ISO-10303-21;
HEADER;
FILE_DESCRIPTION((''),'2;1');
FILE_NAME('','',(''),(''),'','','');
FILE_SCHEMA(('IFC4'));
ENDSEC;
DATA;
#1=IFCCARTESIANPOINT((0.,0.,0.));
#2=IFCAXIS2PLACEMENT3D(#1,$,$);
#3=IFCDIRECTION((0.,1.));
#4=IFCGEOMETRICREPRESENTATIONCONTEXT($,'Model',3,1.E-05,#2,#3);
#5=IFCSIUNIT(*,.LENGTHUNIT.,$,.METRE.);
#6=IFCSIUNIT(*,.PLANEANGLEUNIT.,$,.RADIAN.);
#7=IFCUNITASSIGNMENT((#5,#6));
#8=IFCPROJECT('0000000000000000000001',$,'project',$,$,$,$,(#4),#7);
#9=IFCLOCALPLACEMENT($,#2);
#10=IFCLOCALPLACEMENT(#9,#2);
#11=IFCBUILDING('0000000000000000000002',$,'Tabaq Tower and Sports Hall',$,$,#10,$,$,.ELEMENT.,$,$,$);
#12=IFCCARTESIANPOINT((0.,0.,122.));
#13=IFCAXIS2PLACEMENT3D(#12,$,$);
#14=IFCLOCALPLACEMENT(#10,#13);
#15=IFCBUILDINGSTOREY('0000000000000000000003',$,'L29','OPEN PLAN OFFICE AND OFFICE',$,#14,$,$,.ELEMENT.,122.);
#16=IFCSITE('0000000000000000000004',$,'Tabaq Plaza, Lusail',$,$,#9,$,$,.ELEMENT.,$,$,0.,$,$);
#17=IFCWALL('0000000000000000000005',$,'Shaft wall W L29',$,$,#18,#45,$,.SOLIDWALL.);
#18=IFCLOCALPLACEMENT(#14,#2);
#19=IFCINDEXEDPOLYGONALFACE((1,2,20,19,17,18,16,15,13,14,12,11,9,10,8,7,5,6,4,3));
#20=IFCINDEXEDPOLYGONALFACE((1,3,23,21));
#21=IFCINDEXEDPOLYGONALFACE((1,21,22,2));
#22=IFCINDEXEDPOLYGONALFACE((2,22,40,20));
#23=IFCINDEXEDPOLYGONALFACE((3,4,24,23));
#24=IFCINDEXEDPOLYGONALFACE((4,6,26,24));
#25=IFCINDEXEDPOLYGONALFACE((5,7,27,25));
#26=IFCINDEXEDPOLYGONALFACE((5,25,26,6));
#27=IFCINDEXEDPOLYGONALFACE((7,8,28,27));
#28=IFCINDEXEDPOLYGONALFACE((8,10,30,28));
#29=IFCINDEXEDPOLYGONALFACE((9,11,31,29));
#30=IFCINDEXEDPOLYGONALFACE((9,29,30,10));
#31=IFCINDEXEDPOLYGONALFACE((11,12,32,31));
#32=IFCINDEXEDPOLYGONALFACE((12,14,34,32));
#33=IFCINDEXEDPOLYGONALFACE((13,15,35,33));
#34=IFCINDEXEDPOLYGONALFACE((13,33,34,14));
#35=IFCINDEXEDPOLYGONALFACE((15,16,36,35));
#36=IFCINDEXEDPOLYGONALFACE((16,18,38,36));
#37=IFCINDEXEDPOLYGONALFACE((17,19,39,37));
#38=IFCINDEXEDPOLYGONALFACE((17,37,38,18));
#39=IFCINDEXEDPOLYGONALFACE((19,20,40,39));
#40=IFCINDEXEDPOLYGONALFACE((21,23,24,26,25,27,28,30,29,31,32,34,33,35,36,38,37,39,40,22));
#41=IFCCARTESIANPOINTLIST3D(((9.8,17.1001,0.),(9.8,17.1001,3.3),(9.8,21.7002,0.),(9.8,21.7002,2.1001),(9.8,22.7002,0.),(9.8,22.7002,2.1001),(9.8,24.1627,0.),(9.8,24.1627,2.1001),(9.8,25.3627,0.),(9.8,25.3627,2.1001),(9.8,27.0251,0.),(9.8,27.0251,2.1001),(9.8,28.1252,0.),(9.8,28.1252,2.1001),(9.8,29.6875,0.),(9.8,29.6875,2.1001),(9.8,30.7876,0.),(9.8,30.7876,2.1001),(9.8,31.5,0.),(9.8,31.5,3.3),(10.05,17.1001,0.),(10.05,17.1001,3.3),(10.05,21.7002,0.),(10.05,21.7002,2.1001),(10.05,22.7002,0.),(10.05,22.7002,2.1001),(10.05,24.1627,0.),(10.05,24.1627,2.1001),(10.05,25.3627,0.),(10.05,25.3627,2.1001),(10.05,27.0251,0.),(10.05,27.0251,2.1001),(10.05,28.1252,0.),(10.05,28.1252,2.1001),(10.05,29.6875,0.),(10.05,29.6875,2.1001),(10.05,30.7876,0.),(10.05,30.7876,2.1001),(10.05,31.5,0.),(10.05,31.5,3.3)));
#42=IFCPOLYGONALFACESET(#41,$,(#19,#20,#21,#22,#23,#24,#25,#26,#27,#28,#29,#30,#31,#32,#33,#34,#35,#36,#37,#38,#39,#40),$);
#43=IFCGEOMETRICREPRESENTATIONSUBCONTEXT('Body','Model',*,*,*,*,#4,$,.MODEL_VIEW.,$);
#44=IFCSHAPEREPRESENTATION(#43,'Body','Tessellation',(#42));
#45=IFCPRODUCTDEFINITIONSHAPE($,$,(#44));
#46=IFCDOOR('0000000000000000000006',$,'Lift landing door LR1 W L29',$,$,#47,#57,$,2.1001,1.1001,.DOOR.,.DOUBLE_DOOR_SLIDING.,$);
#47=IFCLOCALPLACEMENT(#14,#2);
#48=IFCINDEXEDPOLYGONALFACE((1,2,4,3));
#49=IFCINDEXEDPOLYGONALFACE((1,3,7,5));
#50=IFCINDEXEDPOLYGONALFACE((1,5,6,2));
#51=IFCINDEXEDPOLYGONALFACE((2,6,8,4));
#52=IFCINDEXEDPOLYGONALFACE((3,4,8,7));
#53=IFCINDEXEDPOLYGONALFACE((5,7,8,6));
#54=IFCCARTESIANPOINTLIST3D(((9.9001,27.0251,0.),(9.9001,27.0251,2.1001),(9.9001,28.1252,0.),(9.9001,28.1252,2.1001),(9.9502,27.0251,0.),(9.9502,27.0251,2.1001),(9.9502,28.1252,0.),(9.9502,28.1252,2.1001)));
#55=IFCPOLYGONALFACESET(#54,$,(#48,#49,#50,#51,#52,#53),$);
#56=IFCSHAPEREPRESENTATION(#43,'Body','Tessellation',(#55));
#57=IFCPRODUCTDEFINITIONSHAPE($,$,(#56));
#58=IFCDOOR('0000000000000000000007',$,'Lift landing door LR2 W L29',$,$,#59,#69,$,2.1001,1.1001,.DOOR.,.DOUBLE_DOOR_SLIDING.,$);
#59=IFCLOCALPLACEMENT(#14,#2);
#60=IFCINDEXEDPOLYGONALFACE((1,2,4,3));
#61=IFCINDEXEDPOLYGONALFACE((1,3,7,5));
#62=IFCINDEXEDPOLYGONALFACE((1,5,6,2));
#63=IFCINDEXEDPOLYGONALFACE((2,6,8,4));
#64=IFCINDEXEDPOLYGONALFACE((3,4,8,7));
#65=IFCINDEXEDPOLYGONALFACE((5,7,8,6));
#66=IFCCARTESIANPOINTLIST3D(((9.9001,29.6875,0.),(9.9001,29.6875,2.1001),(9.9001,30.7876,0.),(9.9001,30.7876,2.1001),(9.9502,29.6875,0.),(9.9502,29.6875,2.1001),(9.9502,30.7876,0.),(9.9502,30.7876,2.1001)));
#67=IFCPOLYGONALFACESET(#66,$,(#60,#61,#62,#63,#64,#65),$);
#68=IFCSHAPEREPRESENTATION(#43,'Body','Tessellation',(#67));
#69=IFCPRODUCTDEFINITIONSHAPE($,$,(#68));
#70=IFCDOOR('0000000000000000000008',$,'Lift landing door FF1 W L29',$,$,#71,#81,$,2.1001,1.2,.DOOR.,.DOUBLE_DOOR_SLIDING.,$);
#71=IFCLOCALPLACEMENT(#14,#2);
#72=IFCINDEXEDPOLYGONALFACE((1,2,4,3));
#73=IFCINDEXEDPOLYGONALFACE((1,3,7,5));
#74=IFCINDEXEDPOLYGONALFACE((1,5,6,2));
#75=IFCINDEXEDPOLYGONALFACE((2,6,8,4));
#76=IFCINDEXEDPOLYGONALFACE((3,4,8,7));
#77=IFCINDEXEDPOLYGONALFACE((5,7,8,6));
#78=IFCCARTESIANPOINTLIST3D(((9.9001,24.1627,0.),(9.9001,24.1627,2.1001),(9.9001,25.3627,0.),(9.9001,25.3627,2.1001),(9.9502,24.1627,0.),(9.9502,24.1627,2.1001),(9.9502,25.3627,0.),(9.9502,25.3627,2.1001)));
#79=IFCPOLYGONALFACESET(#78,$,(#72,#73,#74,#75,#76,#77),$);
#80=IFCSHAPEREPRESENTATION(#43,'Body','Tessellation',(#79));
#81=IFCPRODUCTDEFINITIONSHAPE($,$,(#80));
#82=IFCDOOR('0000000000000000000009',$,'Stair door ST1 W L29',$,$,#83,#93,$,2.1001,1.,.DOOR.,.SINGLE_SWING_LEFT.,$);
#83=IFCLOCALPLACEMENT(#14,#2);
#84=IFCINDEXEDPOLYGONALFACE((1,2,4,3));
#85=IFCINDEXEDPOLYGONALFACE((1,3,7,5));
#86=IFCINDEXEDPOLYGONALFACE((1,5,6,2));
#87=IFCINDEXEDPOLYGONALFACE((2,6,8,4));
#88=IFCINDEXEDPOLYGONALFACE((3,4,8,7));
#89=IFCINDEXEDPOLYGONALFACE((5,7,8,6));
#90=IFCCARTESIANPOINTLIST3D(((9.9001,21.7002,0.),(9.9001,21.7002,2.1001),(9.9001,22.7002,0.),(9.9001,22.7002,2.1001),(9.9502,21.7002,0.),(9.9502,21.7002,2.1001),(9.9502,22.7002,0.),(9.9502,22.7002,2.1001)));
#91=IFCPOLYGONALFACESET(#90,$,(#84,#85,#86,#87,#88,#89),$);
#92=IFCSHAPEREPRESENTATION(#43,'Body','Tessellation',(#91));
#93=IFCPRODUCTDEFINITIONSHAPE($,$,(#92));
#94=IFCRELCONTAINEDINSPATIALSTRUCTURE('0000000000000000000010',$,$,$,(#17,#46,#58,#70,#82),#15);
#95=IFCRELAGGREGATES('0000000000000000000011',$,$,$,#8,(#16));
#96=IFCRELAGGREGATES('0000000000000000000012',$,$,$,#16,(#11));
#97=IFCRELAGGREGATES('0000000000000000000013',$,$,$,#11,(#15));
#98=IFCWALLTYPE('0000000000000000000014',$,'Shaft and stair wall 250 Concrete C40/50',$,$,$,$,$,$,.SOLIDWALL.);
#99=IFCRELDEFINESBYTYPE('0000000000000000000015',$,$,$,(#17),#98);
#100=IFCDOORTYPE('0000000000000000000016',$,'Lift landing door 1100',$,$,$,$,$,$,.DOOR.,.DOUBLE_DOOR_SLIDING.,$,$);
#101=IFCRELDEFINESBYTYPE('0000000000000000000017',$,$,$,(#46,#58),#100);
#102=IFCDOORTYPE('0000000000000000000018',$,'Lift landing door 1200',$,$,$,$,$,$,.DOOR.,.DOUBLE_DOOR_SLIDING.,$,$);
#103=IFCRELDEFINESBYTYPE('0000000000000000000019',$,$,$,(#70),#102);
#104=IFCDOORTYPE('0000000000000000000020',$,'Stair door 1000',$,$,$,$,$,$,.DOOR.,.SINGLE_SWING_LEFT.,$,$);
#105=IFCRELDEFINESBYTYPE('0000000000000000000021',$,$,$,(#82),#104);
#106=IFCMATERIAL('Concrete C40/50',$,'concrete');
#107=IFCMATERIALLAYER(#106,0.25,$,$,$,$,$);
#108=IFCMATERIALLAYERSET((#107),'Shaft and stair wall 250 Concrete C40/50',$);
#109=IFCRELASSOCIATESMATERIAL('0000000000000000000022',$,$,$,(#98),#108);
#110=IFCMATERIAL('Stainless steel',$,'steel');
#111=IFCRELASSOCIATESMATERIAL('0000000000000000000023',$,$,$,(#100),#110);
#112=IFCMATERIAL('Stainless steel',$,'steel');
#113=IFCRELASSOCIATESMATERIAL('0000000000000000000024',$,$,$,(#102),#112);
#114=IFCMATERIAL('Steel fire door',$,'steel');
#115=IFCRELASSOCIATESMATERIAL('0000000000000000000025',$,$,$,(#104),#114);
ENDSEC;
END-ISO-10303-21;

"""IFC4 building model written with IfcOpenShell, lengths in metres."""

from ifc_helpers import new_model, si_unit, direction, frame, frame_2d, origin, place, context, subcontext, project, spatial, rectangle, extrude, material, layer, layer_set, type_object, element, fill, save


model = new_model("IFC4")

# Units and contexts
model_context = context("Model", 3, precision=1e-05, world=origin(), true_north=direction((0.0, 1.0)))
body_context = subcontext(model_context, "Body", "Model", "MODEL_VIEW")
ifc_project = project(units=[si_unit("LENGTHUNIT", "METRE"), si_unit("PLANEANGLEUNIT", "RADIAN")], contexts=[model_context])

# Site, building, storey
site_placement = place(None, origin())
site = spatial("IfcSite", under=ifc_project, at=site_placement, Name="Tabaq Plaza, Lusail", CompositionType="ELEMENT", RefElevation=0.0)
building_placement = place(site_placement, origin())
building = spatial("IfcBuilding", under=site, at=building_placement, Name="Tabaq Tower and Sports Hall", CompositionType="ELEMENT")
storey_placement = place(building_placement, frame((0.0, 0.0, 122.0)))
storey = spatial("IfcBuildingStorey", under=building, at=storey_placement, Name="L29", Description="OPEN PLAN OFFICE AND OFFICE", CompositionType="ELEMENT", Elevation=122.0)

# Wall, openings, doors
ifc_material_1 = material(Name="Concrete C40/50", Category="concrete")
ifc_layer_1 = layer(ifc_material_1, 0.25)
ifc_layer_set_1 = layer_set([ifc_layer_1], Name="Shaft and stair wall 250 Concrete C40/50")
wall_type_1 = type_object("IfcWallType", Name="Shaft and stair wall 250 Concrete C40/50", PredefinedType="SOLIDWALL", material=ifc_layer_set_1)
wall_1_placement = place(storey_placement, frame((9.925, 17.1001, 0.0), z_axis=(0.0, 0.0, 1.0), x_axis=(0.0, 1.0, 0.0)))
wall_1 = element("IfcWall", 1, at=wall_1_placement, inside=storey, type_object=wall_type_1, Name="Shaft wall W L29", PredefinedType="SOLIDWALL", context=body_context, shape_type="SweptSolid", body=[
    extrude(rectangle(XDim=14.3999, YDim=0.25, at=frame_2d((7.2, 0.0))), origin(), (0.0, 0.0, 1.0), 3.3),
])
opening_1_placement = place(wall_1_placement, frame((4.6001, 0.0, 0.0)))
opening_1 = element("IfcOpeningElement", 2, at=opening_1_placement, cuts=wall_1, PredefinedType="OPENING", context=body_context, shape_type="SweptSolid", body=[
    extrude(rectangle(XDim=1.0, YDim=2.1001, at=frame_2d((0.5, 1.05))), frame((0.0, 0.125, 0.0), z_axis=(0.0, -1.0, 0.0), x_axis=(1.0, 0.0, 0.0)), (0.0, 0.0, 1.0), 0.25),
])
opening_2_placement = place(wall_1_placement, frame((7.0625, 0.0, 0.0)))
opening_2 = element("IfcOpeningElement", 3, at=opening_2_placement, cuts=wall_1, PredefinedType="OPENING", context=body_context, shape_type="SweptSolid", body=[
    extrude(rectangle(XDim=1.2, YDim=2.1001, at=frame_2d((0.6001, 1.05))), frame((0.0, 0.125, 0.0), z_axis=(0.0, -1.0, 0.0), x_axis=(1.0, 0.0, 0.0)), (0.0, 0.0, 1.0), 0.25),
])
opening_3_placement = place(wall_1_placement, frame((9.925, 0.0, 0.0)))
opening_3 = element("IfcOpeningElement", 4, at=opening_3_placement, cuts=wall_1, PredefinedType="OPENING", context=body_context, shape_type="SweptSolid", body=[
    extrude(rectangle(XDim=1.1001, YDim=2.1001, at=frame_2d((0.55, 1.05))), frame((0.0, 0.125, 0.0), z_axis=(0.0, -1.0, 0.0), x_axis=(1.0, 0.0, 0.0)), (0.0, 0.0, 1.0), 0.25),
])
opening_4_placement = place(wall_1_placement, frame((12.5874, 0.0, 0.0)))
opening_4 = element("IfcOpeningElement", 5, at=opening_4_placement, cuts=wall_1, PredefinedType="OPENING", context=body_context, shape_type="SweptSolid", body=[
    extrude(rectangle(XDim=1.1001, YDim=2.1001, at=frame_2d((0.55, 1.05))), frame((0.0, 0.125, 0.0), z_axis=(0.0, -1.0, 0.0), x_axis=(1.0, 0.0, 0.0)), (0.0, 0.0, 1.0), 0.25),
])
ifc_material_2 = material(Name="Stainless steel", Category="steel")
door_type_1 = type_object("IfcDoorType", Name="Lift landing door 1100", OperationType="DOUBLE_DOOR_SLIDING", PredefinedType="DOOR", material=ifc_material_2)
door_1_placement = place(opening_3_placement, origin())
door_1 = element("IfcDoor", 6, at=door_1_placement, inside=storey, type_object=door_type_1, Name="Lift landing door LR1 W L29", OperationType="DOUBLE_DOOR_SLIDING", OverallHeight=2.1001, OverallWidth=1.1001, PredefinedType="DOOR", context=body_context, shape_type="SweptSolid", body=[
    extrude(rectangle(XDim=1.1001, YDim=2.1001, at=frame_2d((0.55, 1.05))), frame((0.0, 0.0249, 0.0), z_axis=(0.0, -1.0, 0.0), x_axis=(1.0, 0.0, 0.0)), (0.0, 0.0, 1.0), 0.05),
])
fill(opening_3, door_1)
door_2_placement = place(opening_4_placement, origin())
door_2 = element("IfcDoor", 7, at=door_2_placement, inside=storey, type_object=door_type_1, Name="Lift landing door LR2 W L29", OperationType="DOUBLE_DOOR_SLIDING", OverallHeight=2.1001, OverallWidth=1.1001, PredefinedType="DOOR", context=body_context, shape_type="SweptSolid", body=[
    extrude(rectangle(XDim=1.1001, YDim=2.1001, at=frame_2d((0.55, 1.05))), frame((0.0, 0.0249, 0.0), z_axis=(0.0, -1.0, 0.0), x_axis=(1.0, 0.0, 0.0)), (0.0, 0.0, 1.0), 0.05),
])
fill(opening_4, door_2)
ifc_material_3 = material(Name="Stainless steel", Category="steel")
door_type_2 = type_object("IfcDoorType", Name="Lift landing door 1200", OperationType="DOUBLE_DOOR_SLIDING", PredefinedType="DOOR", material=ifc_material_3)
door_3_placement = place(opening_2_placement, origin())
door_3 = element("IfcDoor", 8, at=door_3_placement, inside=storey, type_object=door_type_2, Name="Lift landing door FF1 W L29", OperationType="DOUBLE_DOOR_SLIDING", OverallHeight=2.1001, OverallWidth=1.2, PredefinedType="DOOR", context=body_context, shape_type="SweptSolid", body=[
    extrude(rectangle(XDim=1.2, YDim=2.1001, at=frame_2d((0.6001, 1.05))), frame((0.0, 0.0249, 0.0), z_axis=(0.0, -1.0, 0.0), x_axis=(1.0, 0.0, 0.0)), (0.0, 0.0, 1.0), 0.05),
])
fill(opening_2, door_3)
ifc_material_4 = material(Name="Steel fire door", Category="steel")
door_type_3 = type_object("IfcDoorType", Name="Stair door 1000", OperationType="SINGLE_SWING_LEFT", PredefinedType="DOOR", material=ifc_material_4)
door_4_placement = place(opening_1_placement, origin())
door_4 = element("IfcDoor", 9, at=door_4_placement, inside=storey, type_object=door_type_3, Name="Stair door ST1 W L29", OperationType="SINGLE_SWING_LEFT", OverallHeight=2.1001, OverallWidth=1.0, PredefinedType="DOOR", context=body_context, shape_type="SweptSolid", body=[
    extrude(rectangle(XDim=1.0, YDim=2.1001, at=frame_2d((0.5, 1.05))), frame((0.0, 0.0249, 0.0), z_axis=(0.0, -1.0, 0.0), x_axis=(1.0, 0.0, 0.0)), (0.0, 0.0, 1.0), 0.05),
])
fill(opening_1, door_4)

save(model, "model.ifc")
